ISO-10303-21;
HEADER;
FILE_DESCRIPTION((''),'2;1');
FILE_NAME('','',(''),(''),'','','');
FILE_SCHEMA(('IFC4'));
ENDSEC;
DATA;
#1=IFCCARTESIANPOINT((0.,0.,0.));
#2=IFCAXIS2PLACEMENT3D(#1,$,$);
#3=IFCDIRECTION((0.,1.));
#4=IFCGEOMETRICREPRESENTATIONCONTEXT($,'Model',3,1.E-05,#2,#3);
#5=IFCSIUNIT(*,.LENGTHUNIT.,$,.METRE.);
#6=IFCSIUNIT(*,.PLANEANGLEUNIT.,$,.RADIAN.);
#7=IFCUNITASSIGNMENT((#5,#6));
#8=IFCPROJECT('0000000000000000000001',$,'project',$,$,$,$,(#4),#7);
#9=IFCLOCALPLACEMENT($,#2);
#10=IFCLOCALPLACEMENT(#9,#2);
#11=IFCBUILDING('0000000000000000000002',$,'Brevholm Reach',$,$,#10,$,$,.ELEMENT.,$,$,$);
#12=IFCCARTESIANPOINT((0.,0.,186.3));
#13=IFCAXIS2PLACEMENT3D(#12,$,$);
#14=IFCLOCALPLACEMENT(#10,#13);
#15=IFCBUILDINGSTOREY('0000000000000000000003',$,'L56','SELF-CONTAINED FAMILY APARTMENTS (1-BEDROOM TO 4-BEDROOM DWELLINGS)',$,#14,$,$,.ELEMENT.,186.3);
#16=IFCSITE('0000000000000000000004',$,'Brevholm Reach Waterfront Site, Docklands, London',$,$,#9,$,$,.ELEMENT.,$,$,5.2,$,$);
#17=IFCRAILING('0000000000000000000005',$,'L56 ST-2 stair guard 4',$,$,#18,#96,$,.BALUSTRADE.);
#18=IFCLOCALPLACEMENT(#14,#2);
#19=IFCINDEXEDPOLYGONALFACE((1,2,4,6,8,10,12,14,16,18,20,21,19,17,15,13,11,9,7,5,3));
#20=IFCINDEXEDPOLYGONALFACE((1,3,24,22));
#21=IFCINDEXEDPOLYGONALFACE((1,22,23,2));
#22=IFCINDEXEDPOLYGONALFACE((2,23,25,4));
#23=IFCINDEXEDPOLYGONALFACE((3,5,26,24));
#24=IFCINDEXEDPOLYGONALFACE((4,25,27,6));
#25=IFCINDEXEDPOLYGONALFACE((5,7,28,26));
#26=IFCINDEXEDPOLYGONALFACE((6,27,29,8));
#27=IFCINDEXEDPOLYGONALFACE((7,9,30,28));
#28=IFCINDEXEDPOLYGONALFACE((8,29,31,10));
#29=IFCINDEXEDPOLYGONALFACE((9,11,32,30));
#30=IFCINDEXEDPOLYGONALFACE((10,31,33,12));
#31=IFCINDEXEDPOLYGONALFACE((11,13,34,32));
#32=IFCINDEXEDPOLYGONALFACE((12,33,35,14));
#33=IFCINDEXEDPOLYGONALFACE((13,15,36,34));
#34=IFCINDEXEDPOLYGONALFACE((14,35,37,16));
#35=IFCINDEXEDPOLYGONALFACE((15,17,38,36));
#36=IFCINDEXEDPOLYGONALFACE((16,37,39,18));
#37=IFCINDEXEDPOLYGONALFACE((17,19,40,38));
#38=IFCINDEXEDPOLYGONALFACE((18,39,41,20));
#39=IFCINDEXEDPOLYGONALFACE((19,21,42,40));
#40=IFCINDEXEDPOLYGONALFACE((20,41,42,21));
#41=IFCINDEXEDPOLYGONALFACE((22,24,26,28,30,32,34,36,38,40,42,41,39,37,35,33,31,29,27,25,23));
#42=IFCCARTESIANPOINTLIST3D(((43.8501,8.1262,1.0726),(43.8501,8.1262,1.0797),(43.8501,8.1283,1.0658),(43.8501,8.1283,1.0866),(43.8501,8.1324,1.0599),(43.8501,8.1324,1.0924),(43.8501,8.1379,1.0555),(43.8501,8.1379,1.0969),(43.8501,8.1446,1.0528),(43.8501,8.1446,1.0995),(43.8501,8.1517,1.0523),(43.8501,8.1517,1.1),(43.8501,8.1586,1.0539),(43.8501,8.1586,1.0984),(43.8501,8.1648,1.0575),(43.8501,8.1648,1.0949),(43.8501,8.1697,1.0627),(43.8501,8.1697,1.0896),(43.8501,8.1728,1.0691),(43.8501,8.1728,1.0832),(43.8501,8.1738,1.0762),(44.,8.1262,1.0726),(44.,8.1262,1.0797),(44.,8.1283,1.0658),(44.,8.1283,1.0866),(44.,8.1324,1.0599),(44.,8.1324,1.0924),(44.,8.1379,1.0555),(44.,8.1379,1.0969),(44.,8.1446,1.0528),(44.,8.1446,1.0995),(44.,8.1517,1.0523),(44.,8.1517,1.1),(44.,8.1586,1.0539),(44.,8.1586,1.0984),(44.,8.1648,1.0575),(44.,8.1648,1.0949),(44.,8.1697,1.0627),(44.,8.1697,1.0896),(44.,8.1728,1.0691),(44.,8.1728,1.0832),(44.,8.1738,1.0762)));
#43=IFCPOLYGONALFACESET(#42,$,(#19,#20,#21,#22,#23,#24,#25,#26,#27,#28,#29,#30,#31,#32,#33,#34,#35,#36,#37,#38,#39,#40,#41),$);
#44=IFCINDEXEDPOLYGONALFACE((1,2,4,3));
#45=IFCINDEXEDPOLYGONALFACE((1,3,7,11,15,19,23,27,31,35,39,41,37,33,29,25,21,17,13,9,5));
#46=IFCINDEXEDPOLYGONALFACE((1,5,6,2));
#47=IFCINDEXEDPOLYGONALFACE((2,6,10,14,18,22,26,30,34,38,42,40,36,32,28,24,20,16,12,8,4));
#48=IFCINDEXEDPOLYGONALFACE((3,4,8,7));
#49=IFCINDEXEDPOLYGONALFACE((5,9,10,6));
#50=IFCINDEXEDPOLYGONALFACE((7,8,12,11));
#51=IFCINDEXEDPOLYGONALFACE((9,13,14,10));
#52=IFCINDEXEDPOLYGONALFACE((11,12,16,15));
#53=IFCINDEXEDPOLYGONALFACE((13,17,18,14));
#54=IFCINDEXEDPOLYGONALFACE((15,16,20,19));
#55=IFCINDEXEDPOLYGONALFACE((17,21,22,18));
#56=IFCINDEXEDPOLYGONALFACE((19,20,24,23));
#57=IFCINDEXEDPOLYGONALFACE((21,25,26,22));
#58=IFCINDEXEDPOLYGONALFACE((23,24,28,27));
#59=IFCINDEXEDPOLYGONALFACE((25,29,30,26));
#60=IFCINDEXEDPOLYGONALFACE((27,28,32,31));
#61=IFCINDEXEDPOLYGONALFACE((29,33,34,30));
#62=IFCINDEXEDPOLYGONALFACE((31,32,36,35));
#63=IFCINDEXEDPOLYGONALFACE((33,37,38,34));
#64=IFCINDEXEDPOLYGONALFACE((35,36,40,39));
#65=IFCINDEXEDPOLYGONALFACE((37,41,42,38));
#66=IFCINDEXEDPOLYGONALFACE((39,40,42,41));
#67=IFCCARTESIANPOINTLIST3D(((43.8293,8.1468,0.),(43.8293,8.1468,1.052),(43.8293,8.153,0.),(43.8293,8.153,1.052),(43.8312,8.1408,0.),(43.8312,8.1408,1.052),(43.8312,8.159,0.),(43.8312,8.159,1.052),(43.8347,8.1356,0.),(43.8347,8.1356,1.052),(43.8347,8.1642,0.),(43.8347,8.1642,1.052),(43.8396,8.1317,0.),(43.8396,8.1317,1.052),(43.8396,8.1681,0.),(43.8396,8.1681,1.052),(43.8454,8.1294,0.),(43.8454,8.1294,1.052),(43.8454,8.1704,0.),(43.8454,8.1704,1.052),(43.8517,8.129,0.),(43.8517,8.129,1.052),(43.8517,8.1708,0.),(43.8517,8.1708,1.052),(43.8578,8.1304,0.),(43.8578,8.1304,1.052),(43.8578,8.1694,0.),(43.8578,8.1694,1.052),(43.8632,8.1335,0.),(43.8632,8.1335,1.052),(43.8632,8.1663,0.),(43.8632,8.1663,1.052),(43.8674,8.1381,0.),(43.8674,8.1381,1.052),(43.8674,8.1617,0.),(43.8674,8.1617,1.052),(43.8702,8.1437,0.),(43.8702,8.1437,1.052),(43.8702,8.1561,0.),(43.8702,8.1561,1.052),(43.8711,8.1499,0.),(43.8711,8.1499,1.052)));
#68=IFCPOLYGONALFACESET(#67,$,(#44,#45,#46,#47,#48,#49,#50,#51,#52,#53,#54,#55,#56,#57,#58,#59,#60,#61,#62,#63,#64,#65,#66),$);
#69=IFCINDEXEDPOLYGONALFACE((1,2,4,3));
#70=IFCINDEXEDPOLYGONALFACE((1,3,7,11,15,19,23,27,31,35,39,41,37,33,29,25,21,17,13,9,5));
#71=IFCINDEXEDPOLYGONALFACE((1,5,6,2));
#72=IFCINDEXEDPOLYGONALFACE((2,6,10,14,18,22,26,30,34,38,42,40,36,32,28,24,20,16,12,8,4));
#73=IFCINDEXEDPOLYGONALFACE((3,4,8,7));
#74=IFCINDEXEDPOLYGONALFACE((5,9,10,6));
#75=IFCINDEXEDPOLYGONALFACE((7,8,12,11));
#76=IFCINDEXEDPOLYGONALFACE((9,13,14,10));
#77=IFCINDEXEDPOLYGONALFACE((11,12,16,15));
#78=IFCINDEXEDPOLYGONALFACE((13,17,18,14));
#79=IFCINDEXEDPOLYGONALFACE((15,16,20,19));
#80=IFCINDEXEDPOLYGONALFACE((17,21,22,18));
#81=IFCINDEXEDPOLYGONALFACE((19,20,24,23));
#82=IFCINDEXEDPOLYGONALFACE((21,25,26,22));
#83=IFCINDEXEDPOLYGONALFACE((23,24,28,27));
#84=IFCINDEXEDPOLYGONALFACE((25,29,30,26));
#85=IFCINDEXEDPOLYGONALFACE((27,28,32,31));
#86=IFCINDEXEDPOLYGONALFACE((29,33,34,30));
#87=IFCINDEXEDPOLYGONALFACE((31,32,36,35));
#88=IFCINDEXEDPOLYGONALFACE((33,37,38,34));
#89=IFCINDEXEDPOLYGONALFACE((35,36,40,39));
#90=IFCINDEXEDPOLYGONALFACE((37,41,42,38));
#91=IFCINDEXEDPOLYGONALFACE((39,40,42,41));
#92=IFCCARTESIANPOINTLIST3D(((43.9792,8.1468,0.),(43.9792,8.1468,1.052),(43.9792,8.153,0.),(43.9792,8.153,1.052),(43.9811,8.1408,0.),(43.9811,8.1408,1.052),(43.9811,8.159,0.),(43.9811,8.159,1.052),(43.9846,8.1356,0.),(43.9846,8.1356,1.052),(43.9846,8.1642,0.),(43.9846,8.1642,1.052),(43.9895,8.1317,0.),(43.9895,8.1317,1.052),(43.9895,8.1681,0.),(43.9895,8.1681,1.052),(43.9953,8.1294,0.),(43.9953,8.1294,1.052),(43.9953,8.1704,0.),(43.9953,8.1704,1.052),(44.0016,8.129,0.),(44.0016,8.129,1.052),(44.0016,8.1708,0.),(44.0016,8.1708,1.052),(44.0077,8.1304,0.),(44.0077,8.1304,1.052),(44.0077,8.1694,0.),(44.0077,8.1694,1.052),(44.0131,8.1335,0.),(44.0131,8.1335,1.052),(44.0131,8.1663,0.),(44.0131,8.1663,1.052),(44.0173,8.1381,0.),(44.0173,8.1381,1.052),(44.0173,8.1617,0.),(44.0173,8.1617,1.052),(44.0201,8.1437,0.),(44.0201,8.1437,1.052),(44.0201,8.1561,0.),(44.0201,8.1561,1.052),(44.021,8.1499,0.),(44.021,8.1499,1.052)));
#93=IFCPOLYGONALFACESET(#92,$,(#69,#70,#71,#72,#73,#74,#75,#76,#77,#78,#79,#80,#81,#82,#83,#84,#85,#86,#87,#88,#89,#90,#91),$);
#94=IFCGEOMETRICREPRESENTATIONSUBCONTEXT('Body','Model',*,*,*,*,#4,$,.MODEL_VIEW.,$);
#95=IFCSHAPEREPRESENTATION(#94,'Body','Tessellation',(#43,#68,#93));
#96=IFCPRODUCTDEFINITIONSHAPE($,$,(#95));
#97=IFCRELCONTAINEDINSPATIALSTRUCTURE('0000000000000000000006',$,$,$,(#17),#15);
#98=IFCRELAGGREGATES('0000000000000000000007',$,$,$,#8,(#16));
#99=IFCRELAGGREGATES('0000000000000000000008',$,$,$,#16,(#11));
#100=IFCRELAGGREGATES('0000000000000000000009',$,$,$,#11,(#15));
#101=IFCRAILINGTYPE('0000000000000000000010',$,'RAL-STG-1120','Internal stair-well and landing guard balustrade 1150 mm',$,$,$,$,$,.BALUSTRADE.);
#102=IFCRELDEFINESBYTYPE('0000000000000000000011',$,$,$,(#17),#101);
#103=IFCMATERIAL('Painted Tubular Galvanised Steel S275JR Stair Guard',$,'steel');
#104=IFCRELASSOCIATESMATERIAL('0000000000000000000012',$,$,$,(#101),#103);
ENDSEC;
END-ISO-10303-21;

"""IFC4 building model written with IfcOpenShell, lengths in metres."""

from ifc_helpers import new_model, si_unit, direction, frame, origin, origin_2d, place, context, subcontext, project, spatial, circle, extrude, material, type_object, element, save


model = new_model("IFC4")

# Units and contexts
model_context = context("Model", 3, precision=1e-05, world=origin(), true_north=direction((0.0, 1.0)))
body_context = subcontext(model_context, "Body", "Model", "MODEL_VIEW")
ifc_project = project(units=[si_unit("LENGTHUNIT", "METRE"), si_unit("PLANEANGLEUNIT", "RADIAN")], contexts=[model_context])

# Site, building, storey
site_placement = place(None, origin())
site = spatial("IfcSite", under=ifc_project, at=site_placement, Name="Brevholm Reach Waterfront Site, Docklands, London", CompositionType="ELEMENT", RefElevation=5.2)
building_placement = place(site_placement, origin())
building = spatial("IfcBuilding", under=site, at=building_placement, Name="Brevholm Reach", CompositionType="ELEMENT")
storey_placement = place(building_placement, frame((0.0, 0.0, 186.3)))
storey = spatial("IfcBuildingStorey", under=building, at=storey_placement, Name="L56", Description="SELF-CONTAINED FAMILY APARTMENTS (1-BEDROOM TO 4-BEDROOM DWELLINGS)", CompositionType="ELEMENT", Elevation=186.3)

# Railing
ifc_material_1 = material(Name="Painted Tubular Galvanised Steel S275JR Stair Guard", Category="steel")
railing_type_1 = type_object("IfcRailingType", Name="RAL-STG-1120", Description="Internal stair-well and landing guard balustrade 1150 mm", PredefinedType="BALUSTRADE", material=ifc_material_1)
railing_1_placement = place(storey_placement, frame((43.8501, 8.1499, 0.0)))
element("IfcRailing", 1, at=railing_1_placement, inside=storey, type_object=railing_type_1, Name="L56 ST-2 stair guard 4", PredefinedType="BALUSTRADE", context=body_context, shape_type="SweptSolid", body=[
    extrude(circle(Radius=0.0239, at=origin_2d()), frame((0.0, 0.0, 1.0762), z_axis=(1.0, 0.0, 0.0), x_axis=(0.0, 1.0, 0.0)), (0.0, 0.0, 1.0), 0.1499),
    extrude(circle(Radius=0.021, at=origin_2d()), origin(), (0.0, 0.0, 1.0), 1.052),
    extrude(circle(Radius=0.021, at=origin_2d()), frame((0.1499, 0.0, 0.0)), (0.0, 0.0, 1.0), 1.052),
])

save(model, "model.ifc")
